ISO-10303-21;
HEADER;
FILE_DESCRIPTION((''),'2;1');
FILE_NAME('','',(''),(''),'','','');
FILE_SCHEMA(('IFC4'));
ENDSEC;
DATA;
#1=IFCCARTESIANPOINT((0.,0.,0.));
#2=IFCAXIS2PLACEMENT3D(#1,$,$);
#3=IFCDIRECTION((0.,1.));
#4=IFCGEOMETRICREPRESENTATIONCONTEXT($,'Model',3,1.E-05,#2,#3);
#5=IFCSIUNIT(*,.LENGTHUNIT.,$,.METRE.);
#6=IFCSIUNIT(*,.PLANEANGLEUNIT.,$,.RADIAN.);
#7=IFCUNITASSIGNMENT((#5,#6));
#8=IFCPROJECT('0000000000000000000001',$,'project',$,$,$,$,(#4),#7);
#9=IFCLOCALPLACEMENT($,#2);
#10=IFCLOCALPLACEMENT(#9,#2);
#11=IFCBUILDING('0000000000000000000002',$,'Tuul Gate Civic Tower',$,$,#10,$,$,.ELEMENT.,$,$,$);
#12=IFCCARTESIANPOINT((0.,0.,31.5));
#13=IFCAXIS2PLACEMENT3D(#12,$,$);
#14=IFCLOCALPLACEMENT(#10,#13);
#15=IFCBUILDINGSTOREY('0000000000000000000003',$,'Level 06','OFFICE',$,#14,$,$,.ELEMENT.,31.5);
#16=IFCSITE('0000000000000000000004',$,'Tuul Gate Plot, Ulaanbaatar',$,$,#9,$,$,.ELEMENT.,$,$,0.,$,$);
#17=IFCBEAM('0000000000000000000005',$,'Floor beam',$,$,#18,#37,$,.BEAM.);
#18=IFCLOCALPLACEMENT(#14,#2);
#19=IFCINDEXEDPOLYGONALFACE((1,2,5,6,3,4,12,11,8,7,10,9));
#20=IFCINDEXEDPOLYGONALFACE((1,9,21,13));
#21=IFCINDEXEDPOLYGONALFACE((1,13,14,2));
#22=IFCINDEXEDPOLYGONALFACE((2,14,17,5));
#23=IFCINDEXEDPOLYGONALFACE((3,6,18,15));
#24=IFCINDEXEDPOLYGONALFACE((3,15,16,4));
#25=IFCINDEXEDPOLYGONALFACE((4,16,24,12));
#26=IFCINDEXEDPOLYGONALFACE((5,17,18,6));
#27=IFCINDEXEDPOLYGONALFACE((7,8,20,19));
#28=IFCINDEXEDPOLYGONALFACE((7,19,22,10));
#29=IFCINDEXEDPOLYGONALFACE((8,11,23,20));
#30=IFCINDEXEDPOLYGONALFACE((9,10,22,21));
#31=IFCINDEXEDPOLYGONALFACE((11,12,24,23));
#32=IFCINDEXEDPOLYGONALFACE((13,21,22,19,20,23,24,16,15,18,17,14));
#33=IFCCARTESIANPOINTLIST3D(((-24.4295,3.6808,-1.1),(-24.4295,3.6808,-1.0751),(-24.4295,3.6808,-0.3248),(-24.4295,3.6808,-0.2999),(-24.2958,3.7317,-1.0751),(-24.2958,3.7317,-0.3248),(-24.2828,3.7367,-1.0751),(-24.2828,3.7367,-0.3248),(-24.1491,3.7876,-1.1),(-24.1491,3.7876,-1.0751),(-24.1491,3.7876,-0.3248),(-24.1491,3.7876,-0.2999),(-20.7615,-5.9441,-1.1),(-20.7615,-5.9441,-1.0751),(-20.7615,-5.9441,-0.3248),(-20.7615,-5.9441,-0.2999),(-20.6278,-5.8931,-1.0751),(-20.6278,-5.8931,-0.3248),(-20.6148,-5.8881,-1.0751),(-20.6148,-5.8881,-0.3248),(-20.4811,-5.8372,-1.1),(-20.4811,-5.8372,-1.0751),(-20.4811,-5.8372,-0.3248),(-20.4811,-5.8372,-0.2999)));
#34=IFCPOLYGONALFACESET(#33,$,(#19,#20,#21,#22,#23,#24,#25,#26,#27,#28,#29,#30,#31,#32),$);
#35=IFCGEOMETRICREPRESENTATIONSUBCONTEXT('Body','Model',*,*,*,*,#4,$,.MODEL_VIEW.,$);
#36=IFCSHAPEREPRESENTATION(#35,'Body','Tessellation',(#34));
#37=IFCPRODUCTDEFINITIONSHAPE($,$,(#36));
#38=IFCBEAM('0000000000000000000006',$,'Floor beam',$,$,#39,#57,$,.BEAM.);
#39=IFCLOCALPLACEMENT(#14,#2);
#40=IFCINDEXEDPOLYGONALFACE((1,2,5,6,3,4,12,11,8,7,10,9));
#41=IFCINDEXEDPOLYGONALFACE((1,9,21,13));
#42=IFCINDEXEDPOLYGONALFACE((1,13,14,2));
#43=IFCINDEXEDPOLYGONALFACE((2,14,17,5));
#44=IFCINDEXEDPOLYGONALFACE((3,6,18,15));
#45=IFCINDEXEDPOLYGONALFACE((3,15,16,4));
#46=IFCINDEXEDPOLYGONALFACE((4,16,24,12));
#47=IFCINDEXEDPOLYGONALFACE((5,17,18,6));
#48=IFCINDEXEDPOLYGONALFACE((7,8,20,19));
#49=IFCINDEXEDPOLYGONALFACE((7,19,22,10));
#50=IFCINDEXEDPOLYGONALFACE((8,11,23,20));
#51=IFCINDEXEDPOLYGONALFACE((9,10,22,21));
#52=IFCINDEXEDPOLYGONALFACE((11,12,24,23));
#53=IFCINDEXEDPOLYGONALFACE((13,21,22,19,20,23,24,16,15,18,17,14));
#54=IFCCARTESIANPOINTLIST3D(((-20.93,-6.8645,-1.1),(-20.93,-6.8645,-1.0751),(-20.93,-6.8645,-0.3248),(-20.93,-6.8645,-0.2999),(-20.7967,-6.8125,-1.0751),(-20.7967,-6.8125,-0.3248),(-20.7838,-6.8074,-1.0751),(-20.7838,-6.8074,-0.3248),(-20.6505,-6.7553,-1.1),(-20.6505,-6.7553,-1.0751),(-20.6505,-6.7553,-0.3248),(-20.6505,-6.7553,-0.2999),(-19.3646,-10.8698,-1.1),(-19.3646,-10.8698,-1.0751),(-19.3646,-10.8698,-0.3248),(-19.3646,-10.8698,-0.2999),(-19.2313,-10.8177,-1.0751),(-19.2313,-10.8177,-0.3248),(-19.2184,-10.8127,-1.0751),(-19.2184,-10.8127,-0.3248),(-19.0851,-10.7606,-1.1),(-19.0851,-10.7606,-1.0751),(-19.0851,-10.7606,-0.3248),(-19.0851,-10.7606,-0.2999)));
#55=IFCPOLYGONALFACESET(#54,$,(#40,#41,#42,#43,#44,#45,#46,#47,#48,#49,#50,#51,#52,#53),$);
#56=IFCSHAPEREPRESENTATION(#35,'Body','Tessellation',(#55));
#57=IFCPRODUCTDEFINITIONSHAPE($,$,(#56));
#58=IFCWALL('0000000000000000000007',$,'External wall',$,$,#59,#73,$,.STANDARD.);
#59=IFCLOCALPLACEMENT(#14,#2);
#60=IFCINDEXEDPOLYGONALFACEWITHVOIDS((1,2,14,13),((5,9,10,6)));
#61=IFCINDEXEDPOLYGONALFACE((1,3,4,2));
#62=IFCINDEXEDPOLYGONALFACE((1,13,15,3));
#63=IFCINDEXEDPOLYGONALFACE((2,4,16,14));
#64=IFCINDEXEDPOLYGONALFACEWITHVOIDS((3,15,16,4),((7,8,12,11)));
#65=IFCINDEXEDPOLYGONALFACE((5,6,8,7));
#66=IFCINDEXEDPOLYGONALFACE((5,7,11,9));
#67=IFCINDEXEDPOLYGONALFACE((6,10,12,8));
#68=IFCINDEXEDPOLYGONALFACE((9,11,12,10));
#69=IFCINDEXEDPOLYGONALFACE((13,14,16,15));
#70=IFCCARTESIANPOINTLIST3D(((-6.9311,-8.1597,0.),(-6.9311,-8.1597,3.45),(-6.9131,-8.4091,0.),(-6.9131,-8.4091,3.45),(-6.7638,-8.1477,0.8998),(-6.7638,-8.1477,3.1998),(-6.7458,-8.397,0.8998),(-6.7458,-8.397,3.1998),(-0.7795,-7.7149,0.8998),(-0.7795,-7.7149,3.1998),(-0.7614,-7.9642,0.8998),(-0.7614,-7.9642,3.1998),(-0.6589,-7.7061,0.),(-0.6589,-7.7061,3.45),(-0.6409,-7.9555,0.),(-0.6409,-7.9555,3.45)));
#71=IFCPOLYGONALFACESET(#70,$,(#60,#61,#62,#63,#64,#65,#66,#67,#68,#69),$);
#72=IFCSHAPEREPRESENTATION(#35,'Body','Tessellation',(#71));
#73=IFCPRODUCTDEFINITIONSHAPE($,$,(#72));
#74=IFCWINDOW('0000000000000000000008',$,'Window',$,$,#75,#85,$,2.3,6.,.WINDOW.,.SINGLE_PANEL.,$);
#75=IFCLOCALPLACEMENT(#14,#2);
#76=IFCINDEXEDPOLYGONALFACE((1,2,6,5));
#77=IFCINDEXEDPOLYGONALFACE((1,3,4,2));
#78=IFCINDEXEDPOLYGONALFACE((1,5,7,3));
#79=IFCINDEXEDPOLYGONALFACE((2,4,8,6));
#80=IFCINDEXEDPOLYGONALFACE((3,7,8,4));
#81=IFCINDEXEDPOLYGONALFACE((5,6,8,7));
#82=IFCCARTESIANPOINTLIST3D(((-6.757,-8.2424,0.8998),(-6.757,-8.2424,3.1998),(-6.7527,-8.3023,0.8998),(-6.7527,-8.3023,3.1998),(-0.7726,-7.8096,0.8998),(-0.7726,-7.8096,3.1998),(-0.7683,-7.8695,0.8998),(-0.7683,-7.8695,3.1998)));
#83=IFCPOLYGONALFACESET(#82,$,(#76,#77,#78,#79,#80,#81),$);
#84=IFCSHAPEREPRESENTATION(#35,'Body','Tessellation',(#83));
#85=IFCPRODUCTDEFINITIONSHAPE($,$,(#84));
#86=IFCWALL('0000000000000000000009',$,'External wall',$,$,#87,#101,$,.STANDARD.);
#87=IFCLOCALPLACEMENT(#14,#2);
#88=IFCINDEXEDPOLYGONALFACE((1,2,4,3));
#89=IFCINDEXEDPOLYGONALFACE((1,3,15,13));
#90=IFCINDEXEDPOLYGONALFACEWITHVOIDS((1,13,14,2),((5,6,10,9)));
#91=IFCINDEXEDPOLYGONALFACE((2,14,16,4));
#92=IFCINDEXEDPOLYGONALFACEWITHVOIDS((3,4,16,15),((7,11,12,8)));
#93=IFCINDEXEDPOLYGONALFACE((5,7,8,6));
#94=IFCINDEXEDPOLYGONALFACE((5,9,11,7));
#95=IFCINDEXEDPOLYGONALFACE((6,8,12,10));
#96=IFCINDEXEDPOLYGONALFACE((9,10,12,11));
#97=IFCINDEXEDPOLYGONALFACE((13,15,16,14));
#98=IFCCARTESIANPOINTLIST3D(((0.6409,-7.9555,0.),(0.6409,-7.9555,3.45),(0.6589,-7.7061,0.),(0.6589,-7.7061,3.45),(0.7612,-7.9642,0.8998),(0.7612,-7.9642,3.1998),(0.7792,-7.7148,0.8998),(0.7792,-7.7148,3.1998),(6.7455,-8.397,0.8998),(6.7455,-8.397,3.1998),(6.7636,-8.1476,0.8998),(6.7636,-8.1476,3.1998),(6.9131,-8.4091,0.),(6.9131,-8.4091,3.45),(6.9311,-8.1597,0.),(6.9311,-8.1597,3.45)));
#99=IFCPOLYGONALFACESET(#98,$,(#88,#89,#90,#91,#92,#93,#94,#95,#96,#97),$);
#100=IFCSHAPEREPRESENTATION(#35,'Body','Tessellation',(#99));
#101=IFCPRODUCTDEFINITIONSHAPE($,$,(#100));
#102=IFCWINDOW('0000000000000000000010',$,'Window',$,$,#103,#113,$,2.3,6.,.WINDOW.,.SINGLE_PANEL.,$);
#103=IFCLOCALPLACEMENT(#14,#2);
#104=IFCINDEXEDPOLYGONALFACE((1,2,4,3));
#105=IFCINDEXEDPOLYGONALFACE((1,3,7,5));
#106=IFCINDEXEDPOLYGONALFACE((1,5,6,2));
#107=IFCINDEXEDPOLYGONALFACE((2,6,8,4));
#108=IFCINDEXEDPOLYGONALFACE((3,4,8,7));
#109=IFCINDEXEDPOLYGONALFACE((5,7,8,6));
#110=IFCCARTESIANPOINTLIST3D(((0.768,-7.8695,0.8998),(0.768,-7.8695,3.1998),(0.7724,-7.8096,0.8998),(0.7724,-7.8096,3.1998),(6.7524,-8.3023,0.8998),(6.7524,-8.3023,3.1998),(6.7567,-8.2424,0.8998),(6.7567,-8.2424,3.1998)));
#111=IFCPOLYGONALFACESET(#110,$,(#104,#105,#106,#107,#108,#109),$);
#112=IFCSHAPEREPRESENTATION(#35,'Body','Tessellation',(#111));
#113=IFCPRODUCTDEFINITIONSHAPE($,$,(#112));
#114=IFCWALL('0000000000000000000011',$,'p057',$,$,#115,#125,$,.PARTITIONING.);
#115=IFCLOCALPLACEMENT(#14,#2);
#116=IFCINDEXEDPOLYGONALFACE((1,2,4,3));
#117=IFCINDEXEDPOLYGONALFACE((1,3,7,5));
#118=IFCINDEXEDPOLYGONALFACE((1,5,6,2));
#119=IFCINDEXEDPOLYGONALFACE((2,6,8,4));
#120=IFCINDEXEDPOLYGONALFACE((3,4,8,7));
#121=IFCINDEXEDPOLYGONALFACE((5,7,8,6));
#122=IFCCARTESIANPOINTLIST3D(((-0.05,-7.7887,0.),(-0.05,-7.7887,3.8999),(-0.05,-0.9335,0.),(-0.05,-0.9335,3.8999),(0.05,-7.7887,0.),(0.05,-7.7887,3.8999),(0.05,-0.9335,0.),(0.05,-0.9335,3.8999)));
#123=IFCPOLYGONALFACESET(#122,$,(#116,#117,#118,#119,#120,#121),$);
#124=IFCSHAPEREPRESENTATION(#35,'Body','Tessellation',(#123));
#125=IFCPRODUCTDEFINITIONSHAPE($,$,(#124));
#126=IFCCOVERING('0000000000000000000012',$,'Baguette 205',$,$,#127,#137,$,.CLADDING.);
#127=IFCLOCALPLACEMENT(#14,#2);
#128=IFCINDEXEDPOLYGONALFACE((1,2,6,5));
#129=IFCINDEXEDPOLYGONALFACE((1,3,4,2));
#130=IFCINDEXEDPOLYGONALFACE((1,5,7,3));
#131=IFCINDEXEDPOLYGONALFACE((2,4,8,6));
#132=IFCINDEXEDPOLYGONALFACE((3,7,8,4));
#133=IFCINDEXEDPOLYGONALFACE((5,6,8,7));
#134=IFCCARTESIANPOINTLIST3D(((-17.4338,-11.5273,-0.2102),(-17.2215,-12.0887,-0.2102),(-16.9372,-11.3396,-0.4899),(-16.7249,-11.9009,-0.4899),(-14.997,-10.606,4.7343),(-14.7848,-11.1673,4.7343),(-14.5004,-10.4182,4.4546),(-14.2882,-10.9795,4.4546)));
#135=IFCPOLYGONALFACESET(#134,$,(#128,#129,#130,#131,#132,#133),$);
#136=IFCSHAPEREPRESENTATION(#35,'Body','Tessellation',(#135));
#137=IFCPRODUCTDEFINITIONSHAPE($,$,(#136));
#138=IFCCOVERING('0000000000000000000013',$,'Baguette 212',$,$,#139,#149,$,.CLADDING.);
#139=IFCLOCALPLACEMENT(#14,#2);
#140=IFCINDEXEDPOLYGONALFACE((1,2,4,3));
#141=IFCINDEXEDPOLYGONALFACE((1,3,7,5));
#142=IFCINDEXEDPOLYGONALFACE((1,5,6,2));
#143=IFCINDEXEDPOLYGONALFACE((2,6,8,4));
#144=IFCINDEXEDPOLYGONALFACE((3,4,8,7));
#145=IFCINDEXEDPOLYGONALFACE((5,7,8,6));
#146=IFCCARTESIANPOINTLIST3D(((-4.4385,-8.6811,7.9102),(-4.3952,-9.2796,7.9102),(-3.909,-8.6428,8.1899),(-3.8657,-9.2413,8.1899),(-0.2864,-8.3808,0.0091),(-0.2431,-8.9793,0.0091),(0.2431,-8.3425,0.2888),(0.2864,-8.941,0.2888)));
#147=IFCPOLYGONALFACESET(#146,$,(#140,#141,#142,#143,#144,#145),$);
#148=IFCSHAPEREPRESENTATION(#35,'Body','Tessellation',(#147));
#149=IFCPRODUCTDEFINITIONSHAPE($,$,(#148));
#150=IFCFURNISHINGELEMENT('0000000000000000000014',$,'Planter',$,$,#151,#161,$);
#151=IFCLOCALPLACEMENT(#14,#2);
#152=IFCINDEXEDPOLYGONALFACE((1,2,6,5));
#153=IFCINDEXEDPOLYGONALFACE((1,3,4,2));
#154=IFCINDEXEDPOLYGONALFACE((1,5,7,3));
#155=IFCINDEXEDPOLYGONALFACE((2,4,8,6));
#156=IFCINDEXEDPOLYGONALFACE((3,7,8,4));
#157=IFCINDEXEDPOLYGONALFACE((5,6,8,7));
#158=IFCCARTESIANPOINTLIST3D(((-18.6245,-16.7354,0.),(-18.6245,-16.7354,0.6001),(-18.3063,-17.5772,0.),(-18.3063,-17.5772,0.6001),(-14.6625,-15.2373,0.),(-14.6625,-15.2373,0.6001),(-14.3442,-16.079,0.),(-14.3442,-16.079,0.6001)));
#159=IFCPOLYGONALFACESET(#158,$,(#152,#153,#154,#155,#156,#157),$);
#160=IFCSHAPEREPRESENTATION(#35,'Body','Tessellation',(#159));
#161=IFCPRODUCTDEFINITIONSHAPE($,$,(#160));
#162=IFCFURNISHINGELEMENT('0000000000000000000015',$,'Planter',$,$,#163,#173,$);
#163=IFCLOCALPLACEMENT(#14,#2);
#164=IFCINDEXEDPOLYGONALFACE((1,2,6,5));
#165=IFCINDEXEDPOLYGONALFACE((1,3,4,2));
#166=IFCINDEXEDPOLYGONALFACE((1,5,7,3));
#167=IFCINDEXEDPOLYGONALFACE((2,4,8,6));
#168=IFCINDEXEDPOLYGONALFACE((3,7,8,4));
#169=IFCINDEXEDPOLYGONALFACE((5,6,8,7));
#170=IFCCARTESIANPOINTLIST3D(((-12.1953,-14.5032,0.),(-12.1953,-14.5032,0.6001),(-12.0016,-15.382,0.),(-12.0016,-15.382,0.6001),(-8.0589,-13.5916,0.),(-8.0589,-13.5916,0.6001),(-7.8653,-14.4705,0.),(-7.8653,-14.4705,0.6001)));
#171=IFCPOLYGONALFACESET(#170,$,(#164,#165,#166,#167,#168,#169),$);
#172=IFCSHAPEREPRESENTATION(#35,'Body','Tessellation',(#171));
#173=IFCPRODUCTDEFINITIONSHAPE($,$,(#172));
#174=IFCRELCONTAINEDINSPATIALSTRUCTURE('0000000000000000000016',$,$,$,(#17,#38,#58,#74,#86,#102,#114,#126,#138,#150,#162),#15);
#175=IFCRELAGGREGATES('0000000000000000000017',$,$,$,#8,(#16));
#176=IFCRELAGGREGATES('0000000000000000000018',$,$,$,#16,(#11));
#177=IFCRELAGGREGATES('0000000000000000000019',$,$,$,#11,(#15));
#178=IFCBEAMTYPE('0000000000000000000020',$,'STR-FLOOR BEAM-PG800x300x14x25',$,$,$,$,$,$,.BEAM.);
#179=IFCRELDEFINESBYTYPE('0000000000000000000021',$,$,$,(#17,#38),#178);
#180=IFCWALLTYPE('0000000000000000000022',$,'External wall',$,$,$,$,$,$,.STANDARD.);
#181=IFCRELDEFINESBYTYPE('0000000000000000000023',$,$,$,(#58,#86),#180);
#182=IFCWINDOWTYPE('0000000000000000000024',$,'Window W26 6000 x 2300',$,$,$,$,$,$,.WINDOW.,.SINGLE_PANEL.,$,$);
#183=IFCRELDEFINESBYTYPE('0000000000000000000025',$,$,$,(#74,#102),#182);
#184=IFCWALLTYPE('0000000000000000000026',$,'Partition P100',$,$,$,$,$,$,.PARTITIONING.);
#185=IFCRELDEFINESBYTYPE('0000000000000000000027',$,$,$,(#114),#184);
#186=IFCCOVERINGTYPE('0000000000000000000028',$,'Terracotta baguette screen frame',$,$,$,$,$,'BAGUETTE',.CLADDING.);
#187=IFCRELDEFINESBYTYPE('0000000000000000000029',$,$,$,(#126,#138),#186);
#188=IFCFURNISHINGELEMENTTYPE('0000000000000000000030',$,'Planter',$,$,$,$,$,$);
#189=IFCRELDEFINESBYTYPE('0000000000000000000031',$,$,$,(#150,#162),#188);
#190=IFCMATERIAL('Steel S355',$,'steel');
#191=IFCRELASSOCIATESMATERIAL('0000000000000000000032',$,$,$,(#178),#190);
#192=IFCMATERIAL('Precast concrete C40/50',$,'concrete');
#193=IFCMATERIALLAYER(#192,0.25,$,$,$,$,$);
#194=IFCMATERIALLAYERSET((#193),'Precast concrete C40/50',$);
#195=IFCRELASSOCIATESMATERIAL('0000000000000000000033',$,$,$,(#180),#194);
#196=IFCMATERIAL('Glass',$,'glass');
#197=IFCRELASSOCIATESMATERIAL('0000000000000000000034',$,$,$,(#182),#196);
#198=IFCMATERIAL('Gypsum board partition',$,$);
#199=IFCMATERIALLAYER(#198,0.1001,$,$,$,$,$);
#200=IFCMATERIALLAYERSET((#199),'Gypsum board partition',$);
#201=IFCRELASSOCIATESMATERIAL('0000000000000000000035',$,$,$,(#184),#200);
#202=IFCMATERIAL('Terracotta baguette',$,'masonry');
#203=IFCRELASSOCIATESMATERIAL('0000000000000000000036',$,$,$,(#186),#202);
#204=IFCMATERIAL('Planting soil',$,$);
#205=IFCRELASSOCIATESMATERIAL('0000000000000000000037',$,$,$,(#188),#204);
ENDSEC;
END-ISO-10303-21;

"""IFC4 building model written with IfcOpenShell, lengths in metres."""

from ifc_helpers import new_model, si_unit, direction, frame, frame_2d, origin, origin_2d, place, context, subcontext, project, spatial, rectangle, i_section, extrude, material, layer, layer_set, material_profile, profile_set, type_object, element, fill, save


model = new_model("IFC4")

# Units and contexts
model_context = context("Model", 3, precision=1e-05, world=origin(), true_north=direction((0.0, 1.0)))
body_context = subcontext(model_context, "Body", "Model", "MODEL_VIEW")
ifc_project = project(units=[si_unit("LENGTHUNIT", "METRE"), si_unit("PLANEANGLEUNIT", "RADIAN")], contexts=[model_context])

# Site, building, storey
site_placement = place(None, origin())
site = spatial("IfcSite", under=ifc_project, at=site_placement, Name="Tuul Gate Plot, Ulaanbaatar", CompositionType="ELEMENT", RefElevation=0.0)
building_placement = place(site_placement, origin())
building = spatial("IfcBuilding", under=site, at=building_placement, Name="Tuul Gate Civic Tower", CompositionType="ELEMENT")
storey_placement = place(building_placement, frame((0.0, 0.0, 31.5)))
storey = spatial("IfcBuildingStorey", under=building, at=storey_placement, Name="Level 06", Description="OFFICE", CompositionType="ELEMENT", Elevation=31.5)

# Beams
ifc_material_1 = material(Name="Steel S355", Category="steel")
ifc_material_profile_1 = material_profile(ifc_material_1, i_section(OverallWidth=0.3, OverallDepth=0.8, WebThickness=0.0139, FlangeThickness=0.0249, at=origin_2d()), Name="PG800x300x14x25")
ifc_profile_set_1 = profile_set([ifc_material_profile_1], Name="Steel S355")
beam_type = type_object("IfcBeamType", Name="STR-FLOOR BEAM-PG800x300x14x25", PredefinedType="BEAM", material=ifc_profile_set_1)
beam_1_placement = place(storey_placement, frame((-20.6213, -5.8906, -0.7), z_axis=(-0.356114, 0.934443, 0.0), x_axis=(-0.934443, -0.356114, 0.0)))
element("IfcBeam", 1, at=beam_1_placement, inside=storey, type_object=beam_type, Name="Floor beam", PredefinedType="BEAM", context=body_context, shape_type="SweptSolid", body=[
    extrude(i_section(OverallWidth=0.3, OverallDepth=0.8, WebThickness=0.0139, FlangeThickness=0.0249, at=origin_2d()), origin(), (0.0, 0.0, 1.0), 10.3),
])
beam_2_placement = place(storey_placement, frame((-19.2249, -10.8152, -0.7), z_axis=(-0.364018, 0.931392, 0.0), x_axis=(-0.931392, -0.364018, 0.0)))
element("IfcBeam", 2, at=beam_2_placement, inside=storey, type_object=beam_type, Name="Floor beam", PredefinedType="BEAM", context=body_context, shape_type="SweptSolid", body=[
    extrude(i_section(OverallWidth=0.3, OverallDepth=0.8, WebThickness=0.0139, FlangeThickness=0.0249, at=origin_2d()), origin(), (0.0, 0.0, 1.0), 4.3003),
])

# Shared definitions
ifc_material_2 = material(Name="Precast concrete C40/50", Category="concrete")
ifc_layer_1 = layer(ifc_material_2, 0.25)
ifc_layer_set_1 = layer_set([ifc_layer_1], Name="Precast concrete C40/50")
wall_type_1 = type_object("IfcWallType", Name="External wall", PredefinedType="STANDARD", material=ifc_layer_set_1)

# Walls, openings, windows
wall_1_placement = place(storey_placement, frame((-6.9221, -8.2844, 0.0), z_axis=(0.0, 0.0, 1.0), x_axis=(0.997395, 0.072133, 0.0)))
wall_1 = element("IfcWall", 3, at=wall_1_placement, inside=storey, type_object=wall_type_1, Name="External wall", PredefinedType="STANDARD", context=body_context, shape_type="SweptSolid", body=[
    extrude(rectangle(XDim=6.2886, YDim=0.25, at=frame_2d((3.1443, 0.0))), origin(), (0.0, 0.0, 1.0), 3.45),
])
opening_1_placement = place(wall_1_placement, frame((0.1677, 0.0, 0.8999)))
opening_1 = element("IfcOpeningElement", 4, at=opening_1_placement, cuts=wall_1, PredefinedType="OPENING", context=body_context, shape_type="SweptSolid", body=[
    extrude(rectangle(XDim=6.0, YDim=2.3, at=frame_2d((3.0, 1.1499))), frame((0.0, 0.135, 0.0), z_axis=(0.0, -1.0, 0.0), x_axis=(1.0, 0.0, 0.0)), (0.0, 0.0, 1.0), 0.27),
])
ifc_material_3 = material(Name="Glass", Category="glass")
window_type = type_object("IfcWindowType", Name="Window W26 6000 x 2300", PartitioningType="SINGLE_PANEL", PredefinedType="WINDOW", material=ifc_material_3)
window_1_placement = place(opening_1_placement, origin())
window_1 = element("IfcWindow", 5, at=window_1_placement, inside=storey, type_object=window_type, Name="Window", OverallHeight=2.3, OverallWidth=6.0, PartitioningType="SINGLE_PANEL", PredefinedType="WINDOW", context=body_context, shape_type="SweptSolid", body=[
    extrude(rectangle(XDim=6.0, YDim=2.3, at=frame_2d((3.0, 1.1499))), frame((0.0, 0.03, 0.0), z_axis=(0.0, -1.0, 0.0), x_axis=(1.0, 0.0, 0.0)), (0.0, 0.0, 1.0), 0.0601),
])
fill(opening_1, window_1)
wall_2_placement = place(storey_placement, frame((0.6499, -7.8308, 0.0), z_axis=(0.0, 0.0, 1.0), x_axis=(0.997395, -0.072133, 0.0)))
wall_2 = element("IfcWall", 6, at=wall_2_placement, inside=storey, type_object=wall_type_1, Name="External wall", PredefinedType="STANDARD", context=body_context, shape_type="SweptSolid", body=[
    extrude(rectangle(XDim=6.2886, YDim=0.25, at=frame_2d((3.1443, 0.0))), origin(), (0.0, 0.0, 1.0), 3.45),
])
opening_2_placement = place(wall_2_placement, frame((0.1206, 0.0, 0.8999)))
opening_2 = element("IfcOpeningElement", 7, at=opening_2_placement, cuts=wall_2, PredefinedType="OPENING", context=body_context, shape_type="SweptSolid", body=[
    extrude(rectangle(XDim=6.0, YDim=2.3, at=frame_2d((3.0, 1.1499))), frame((0.0, 0.135, 0.0), z_axis=(0.0, -1.0, 0.0), x_axis=(1.0, 0.0, 0.0)), (0.0, 0.0, 1.0), 0.27),
])
window_2_placement = place(opening_2_placement, origin())
window_2 = element("IfcWindow", 8, at=window_2_placement, inside=storey, type_object=window_type, Name="Window", OverallHeight=2.3, OverallWidth=6.0, PartitioningType="SINGLE_PANEL", PredefinedType="WINDOW", context=body_context, shape_type="SweptSolid", body=[
    extrude(rectangle(XDim=6.0, YDim=2.3, at=frame_2d((3.0, 1.1499))), frame((0.0, 0.03, 0.0), z_axis=(0.0, -1.0, 0.0), x_axis=(1.0, 0.0, 0.0)), (0.0, 0.0, 1.0), 0.0601),
])
fill(opening_2, window_2)

# Wall
ifc_material_4 = material(Name="Gypsum board partition")
ifc_layer_2 = layer(ifc_material_4, 0.1001)
ifc_layer_set_2 = layer_set([ifc_layer_2], Name="Gypsum board partition")
wall_type_2 = type_object("IfcWallType", Name="Partition P100", PredefinedType="PARTITIONING", material=ifc_layer_set_2)
wall_3_placement = place(storey_placement, frame((0.0, -7.7888, 0.0), z_axis=(0.0, 0.0, 1.0), x_axis=(0.0, 1.0, 0.0)))
element("IfcWall", 9, at=wall_3_placement, inside=storey, type_object=wall_type_2, Name="p057", PredefinedType="PARTITIONING", context=body_context, shape_type="SweptSolid", body=[
    extrude(rectangle(XDim=6.8552, YDim=0.1001, at=frame_2d((3.4277, 0.0))), origin(), (0.0, 0.0, 1.0), 3.8999),
])

# Coverings
ifc_material_5 = material(Name="Terracotta baguette", Category="masonry")
ifc_material_profile_2 = material_profile(ifc_material_5, rectangle(XDim=0.6001, YDim=0.6001, at=origin_2d()), Name="Terracotta baguette screen frame")
ifc_profile_set_2 = profile_set([ifc_material_profile_2], Name="Terracotta baguette")
covering_type = type_object("IfcCoveringType", Name="Terracotta baguette screen frame", ElementType="BAGUETTE", PredefinedType="CLADDING", material=ifc_profile_set_2)
covering_1_placement = place(storey_placement, frame((-14.6426, -10.7927, 4.5945), z_axis=(-0.436002, -0.16486, -0.884716), x_axis=(0.353679, -0.935367, 0.0)))
element("IfcCovering", 10, at=covering_1_placement, inside=storey, type_object=covering_type, Name="Baguette 205", PredefinedType="CLADDING", context=body_context, shape_type="SweptSolid", body=[
    extrude(rectangle(XDim=0.6001, YDim=0.6001, at=origin_2d()), origin(), (0.0, 0.0, 1.0), 5.5889),
])
covering_2_placement = place(storey_placement, frame((-4.1521, -8.9612, 8.05), z_axis=(0.464923, 0.033625, -0.884712), x_axis=(-0.072135, 0.997395, 0.0)))
element("IfcCovering", 11, at=covering_2_placement, inside=storey, type_object=covering_type, Name="Baguette 212", PredefinedType="CLADDING", context=body_context, shape_type="SweptSolid", body=[
    extrude(rectangle(XDim=0.6001, YDim=0.6001, at=origin_2d()), origin(), (0.0, 0.0, 1.0), 8.9307),
])

# Furnishing elements
ifc_material_6 = material(Name="Planting soil")
furnishing_element_type = type_object("IfcFurnishingElementType", Name="Planter", material=ifc_material_6)
furnishing_1_placement = place(storey_placement, frame((-16.4844, -16.4072, 0.0), z_axis=(0.0, 0.0, 1.0), x_axis=(0.935366, 0.353682, 0.0)))
element("IfcFurnishingElement", 12, at=furnishing_1_placement, inside=storey, type_object=furnishing_element_type, Name="Planter", context=body_context, shape_type="SweptSolid", body=[
    extrude(rectangle(XDim=4.2358, YDim=0.8999, at=origin_2d()), origin(), (0.0, 0.0, 1.0), 0.6001),
])
furnishing_2_placement = place(storey_placement, frame((-10.0303, -14.4868, 0.0), z_axis=(0.0, 0.0, 1.0), x_axis=(0.976569, 0.215207, 0.0)))
element("IfcFurnishingElement", 13, at=furnishing_2_placement, inside=storey, type_object=furnishing_element_type, Name="Planter", context=body_context, shape_type="SweptSolid", body=[
    extrude(rectangle(XDim=4.2356, YDim=0.8999, at=origin_2d()), origin(), (0.0, 0.0, 1.0), 0.6001),
])

save(model, "model.ifc")
